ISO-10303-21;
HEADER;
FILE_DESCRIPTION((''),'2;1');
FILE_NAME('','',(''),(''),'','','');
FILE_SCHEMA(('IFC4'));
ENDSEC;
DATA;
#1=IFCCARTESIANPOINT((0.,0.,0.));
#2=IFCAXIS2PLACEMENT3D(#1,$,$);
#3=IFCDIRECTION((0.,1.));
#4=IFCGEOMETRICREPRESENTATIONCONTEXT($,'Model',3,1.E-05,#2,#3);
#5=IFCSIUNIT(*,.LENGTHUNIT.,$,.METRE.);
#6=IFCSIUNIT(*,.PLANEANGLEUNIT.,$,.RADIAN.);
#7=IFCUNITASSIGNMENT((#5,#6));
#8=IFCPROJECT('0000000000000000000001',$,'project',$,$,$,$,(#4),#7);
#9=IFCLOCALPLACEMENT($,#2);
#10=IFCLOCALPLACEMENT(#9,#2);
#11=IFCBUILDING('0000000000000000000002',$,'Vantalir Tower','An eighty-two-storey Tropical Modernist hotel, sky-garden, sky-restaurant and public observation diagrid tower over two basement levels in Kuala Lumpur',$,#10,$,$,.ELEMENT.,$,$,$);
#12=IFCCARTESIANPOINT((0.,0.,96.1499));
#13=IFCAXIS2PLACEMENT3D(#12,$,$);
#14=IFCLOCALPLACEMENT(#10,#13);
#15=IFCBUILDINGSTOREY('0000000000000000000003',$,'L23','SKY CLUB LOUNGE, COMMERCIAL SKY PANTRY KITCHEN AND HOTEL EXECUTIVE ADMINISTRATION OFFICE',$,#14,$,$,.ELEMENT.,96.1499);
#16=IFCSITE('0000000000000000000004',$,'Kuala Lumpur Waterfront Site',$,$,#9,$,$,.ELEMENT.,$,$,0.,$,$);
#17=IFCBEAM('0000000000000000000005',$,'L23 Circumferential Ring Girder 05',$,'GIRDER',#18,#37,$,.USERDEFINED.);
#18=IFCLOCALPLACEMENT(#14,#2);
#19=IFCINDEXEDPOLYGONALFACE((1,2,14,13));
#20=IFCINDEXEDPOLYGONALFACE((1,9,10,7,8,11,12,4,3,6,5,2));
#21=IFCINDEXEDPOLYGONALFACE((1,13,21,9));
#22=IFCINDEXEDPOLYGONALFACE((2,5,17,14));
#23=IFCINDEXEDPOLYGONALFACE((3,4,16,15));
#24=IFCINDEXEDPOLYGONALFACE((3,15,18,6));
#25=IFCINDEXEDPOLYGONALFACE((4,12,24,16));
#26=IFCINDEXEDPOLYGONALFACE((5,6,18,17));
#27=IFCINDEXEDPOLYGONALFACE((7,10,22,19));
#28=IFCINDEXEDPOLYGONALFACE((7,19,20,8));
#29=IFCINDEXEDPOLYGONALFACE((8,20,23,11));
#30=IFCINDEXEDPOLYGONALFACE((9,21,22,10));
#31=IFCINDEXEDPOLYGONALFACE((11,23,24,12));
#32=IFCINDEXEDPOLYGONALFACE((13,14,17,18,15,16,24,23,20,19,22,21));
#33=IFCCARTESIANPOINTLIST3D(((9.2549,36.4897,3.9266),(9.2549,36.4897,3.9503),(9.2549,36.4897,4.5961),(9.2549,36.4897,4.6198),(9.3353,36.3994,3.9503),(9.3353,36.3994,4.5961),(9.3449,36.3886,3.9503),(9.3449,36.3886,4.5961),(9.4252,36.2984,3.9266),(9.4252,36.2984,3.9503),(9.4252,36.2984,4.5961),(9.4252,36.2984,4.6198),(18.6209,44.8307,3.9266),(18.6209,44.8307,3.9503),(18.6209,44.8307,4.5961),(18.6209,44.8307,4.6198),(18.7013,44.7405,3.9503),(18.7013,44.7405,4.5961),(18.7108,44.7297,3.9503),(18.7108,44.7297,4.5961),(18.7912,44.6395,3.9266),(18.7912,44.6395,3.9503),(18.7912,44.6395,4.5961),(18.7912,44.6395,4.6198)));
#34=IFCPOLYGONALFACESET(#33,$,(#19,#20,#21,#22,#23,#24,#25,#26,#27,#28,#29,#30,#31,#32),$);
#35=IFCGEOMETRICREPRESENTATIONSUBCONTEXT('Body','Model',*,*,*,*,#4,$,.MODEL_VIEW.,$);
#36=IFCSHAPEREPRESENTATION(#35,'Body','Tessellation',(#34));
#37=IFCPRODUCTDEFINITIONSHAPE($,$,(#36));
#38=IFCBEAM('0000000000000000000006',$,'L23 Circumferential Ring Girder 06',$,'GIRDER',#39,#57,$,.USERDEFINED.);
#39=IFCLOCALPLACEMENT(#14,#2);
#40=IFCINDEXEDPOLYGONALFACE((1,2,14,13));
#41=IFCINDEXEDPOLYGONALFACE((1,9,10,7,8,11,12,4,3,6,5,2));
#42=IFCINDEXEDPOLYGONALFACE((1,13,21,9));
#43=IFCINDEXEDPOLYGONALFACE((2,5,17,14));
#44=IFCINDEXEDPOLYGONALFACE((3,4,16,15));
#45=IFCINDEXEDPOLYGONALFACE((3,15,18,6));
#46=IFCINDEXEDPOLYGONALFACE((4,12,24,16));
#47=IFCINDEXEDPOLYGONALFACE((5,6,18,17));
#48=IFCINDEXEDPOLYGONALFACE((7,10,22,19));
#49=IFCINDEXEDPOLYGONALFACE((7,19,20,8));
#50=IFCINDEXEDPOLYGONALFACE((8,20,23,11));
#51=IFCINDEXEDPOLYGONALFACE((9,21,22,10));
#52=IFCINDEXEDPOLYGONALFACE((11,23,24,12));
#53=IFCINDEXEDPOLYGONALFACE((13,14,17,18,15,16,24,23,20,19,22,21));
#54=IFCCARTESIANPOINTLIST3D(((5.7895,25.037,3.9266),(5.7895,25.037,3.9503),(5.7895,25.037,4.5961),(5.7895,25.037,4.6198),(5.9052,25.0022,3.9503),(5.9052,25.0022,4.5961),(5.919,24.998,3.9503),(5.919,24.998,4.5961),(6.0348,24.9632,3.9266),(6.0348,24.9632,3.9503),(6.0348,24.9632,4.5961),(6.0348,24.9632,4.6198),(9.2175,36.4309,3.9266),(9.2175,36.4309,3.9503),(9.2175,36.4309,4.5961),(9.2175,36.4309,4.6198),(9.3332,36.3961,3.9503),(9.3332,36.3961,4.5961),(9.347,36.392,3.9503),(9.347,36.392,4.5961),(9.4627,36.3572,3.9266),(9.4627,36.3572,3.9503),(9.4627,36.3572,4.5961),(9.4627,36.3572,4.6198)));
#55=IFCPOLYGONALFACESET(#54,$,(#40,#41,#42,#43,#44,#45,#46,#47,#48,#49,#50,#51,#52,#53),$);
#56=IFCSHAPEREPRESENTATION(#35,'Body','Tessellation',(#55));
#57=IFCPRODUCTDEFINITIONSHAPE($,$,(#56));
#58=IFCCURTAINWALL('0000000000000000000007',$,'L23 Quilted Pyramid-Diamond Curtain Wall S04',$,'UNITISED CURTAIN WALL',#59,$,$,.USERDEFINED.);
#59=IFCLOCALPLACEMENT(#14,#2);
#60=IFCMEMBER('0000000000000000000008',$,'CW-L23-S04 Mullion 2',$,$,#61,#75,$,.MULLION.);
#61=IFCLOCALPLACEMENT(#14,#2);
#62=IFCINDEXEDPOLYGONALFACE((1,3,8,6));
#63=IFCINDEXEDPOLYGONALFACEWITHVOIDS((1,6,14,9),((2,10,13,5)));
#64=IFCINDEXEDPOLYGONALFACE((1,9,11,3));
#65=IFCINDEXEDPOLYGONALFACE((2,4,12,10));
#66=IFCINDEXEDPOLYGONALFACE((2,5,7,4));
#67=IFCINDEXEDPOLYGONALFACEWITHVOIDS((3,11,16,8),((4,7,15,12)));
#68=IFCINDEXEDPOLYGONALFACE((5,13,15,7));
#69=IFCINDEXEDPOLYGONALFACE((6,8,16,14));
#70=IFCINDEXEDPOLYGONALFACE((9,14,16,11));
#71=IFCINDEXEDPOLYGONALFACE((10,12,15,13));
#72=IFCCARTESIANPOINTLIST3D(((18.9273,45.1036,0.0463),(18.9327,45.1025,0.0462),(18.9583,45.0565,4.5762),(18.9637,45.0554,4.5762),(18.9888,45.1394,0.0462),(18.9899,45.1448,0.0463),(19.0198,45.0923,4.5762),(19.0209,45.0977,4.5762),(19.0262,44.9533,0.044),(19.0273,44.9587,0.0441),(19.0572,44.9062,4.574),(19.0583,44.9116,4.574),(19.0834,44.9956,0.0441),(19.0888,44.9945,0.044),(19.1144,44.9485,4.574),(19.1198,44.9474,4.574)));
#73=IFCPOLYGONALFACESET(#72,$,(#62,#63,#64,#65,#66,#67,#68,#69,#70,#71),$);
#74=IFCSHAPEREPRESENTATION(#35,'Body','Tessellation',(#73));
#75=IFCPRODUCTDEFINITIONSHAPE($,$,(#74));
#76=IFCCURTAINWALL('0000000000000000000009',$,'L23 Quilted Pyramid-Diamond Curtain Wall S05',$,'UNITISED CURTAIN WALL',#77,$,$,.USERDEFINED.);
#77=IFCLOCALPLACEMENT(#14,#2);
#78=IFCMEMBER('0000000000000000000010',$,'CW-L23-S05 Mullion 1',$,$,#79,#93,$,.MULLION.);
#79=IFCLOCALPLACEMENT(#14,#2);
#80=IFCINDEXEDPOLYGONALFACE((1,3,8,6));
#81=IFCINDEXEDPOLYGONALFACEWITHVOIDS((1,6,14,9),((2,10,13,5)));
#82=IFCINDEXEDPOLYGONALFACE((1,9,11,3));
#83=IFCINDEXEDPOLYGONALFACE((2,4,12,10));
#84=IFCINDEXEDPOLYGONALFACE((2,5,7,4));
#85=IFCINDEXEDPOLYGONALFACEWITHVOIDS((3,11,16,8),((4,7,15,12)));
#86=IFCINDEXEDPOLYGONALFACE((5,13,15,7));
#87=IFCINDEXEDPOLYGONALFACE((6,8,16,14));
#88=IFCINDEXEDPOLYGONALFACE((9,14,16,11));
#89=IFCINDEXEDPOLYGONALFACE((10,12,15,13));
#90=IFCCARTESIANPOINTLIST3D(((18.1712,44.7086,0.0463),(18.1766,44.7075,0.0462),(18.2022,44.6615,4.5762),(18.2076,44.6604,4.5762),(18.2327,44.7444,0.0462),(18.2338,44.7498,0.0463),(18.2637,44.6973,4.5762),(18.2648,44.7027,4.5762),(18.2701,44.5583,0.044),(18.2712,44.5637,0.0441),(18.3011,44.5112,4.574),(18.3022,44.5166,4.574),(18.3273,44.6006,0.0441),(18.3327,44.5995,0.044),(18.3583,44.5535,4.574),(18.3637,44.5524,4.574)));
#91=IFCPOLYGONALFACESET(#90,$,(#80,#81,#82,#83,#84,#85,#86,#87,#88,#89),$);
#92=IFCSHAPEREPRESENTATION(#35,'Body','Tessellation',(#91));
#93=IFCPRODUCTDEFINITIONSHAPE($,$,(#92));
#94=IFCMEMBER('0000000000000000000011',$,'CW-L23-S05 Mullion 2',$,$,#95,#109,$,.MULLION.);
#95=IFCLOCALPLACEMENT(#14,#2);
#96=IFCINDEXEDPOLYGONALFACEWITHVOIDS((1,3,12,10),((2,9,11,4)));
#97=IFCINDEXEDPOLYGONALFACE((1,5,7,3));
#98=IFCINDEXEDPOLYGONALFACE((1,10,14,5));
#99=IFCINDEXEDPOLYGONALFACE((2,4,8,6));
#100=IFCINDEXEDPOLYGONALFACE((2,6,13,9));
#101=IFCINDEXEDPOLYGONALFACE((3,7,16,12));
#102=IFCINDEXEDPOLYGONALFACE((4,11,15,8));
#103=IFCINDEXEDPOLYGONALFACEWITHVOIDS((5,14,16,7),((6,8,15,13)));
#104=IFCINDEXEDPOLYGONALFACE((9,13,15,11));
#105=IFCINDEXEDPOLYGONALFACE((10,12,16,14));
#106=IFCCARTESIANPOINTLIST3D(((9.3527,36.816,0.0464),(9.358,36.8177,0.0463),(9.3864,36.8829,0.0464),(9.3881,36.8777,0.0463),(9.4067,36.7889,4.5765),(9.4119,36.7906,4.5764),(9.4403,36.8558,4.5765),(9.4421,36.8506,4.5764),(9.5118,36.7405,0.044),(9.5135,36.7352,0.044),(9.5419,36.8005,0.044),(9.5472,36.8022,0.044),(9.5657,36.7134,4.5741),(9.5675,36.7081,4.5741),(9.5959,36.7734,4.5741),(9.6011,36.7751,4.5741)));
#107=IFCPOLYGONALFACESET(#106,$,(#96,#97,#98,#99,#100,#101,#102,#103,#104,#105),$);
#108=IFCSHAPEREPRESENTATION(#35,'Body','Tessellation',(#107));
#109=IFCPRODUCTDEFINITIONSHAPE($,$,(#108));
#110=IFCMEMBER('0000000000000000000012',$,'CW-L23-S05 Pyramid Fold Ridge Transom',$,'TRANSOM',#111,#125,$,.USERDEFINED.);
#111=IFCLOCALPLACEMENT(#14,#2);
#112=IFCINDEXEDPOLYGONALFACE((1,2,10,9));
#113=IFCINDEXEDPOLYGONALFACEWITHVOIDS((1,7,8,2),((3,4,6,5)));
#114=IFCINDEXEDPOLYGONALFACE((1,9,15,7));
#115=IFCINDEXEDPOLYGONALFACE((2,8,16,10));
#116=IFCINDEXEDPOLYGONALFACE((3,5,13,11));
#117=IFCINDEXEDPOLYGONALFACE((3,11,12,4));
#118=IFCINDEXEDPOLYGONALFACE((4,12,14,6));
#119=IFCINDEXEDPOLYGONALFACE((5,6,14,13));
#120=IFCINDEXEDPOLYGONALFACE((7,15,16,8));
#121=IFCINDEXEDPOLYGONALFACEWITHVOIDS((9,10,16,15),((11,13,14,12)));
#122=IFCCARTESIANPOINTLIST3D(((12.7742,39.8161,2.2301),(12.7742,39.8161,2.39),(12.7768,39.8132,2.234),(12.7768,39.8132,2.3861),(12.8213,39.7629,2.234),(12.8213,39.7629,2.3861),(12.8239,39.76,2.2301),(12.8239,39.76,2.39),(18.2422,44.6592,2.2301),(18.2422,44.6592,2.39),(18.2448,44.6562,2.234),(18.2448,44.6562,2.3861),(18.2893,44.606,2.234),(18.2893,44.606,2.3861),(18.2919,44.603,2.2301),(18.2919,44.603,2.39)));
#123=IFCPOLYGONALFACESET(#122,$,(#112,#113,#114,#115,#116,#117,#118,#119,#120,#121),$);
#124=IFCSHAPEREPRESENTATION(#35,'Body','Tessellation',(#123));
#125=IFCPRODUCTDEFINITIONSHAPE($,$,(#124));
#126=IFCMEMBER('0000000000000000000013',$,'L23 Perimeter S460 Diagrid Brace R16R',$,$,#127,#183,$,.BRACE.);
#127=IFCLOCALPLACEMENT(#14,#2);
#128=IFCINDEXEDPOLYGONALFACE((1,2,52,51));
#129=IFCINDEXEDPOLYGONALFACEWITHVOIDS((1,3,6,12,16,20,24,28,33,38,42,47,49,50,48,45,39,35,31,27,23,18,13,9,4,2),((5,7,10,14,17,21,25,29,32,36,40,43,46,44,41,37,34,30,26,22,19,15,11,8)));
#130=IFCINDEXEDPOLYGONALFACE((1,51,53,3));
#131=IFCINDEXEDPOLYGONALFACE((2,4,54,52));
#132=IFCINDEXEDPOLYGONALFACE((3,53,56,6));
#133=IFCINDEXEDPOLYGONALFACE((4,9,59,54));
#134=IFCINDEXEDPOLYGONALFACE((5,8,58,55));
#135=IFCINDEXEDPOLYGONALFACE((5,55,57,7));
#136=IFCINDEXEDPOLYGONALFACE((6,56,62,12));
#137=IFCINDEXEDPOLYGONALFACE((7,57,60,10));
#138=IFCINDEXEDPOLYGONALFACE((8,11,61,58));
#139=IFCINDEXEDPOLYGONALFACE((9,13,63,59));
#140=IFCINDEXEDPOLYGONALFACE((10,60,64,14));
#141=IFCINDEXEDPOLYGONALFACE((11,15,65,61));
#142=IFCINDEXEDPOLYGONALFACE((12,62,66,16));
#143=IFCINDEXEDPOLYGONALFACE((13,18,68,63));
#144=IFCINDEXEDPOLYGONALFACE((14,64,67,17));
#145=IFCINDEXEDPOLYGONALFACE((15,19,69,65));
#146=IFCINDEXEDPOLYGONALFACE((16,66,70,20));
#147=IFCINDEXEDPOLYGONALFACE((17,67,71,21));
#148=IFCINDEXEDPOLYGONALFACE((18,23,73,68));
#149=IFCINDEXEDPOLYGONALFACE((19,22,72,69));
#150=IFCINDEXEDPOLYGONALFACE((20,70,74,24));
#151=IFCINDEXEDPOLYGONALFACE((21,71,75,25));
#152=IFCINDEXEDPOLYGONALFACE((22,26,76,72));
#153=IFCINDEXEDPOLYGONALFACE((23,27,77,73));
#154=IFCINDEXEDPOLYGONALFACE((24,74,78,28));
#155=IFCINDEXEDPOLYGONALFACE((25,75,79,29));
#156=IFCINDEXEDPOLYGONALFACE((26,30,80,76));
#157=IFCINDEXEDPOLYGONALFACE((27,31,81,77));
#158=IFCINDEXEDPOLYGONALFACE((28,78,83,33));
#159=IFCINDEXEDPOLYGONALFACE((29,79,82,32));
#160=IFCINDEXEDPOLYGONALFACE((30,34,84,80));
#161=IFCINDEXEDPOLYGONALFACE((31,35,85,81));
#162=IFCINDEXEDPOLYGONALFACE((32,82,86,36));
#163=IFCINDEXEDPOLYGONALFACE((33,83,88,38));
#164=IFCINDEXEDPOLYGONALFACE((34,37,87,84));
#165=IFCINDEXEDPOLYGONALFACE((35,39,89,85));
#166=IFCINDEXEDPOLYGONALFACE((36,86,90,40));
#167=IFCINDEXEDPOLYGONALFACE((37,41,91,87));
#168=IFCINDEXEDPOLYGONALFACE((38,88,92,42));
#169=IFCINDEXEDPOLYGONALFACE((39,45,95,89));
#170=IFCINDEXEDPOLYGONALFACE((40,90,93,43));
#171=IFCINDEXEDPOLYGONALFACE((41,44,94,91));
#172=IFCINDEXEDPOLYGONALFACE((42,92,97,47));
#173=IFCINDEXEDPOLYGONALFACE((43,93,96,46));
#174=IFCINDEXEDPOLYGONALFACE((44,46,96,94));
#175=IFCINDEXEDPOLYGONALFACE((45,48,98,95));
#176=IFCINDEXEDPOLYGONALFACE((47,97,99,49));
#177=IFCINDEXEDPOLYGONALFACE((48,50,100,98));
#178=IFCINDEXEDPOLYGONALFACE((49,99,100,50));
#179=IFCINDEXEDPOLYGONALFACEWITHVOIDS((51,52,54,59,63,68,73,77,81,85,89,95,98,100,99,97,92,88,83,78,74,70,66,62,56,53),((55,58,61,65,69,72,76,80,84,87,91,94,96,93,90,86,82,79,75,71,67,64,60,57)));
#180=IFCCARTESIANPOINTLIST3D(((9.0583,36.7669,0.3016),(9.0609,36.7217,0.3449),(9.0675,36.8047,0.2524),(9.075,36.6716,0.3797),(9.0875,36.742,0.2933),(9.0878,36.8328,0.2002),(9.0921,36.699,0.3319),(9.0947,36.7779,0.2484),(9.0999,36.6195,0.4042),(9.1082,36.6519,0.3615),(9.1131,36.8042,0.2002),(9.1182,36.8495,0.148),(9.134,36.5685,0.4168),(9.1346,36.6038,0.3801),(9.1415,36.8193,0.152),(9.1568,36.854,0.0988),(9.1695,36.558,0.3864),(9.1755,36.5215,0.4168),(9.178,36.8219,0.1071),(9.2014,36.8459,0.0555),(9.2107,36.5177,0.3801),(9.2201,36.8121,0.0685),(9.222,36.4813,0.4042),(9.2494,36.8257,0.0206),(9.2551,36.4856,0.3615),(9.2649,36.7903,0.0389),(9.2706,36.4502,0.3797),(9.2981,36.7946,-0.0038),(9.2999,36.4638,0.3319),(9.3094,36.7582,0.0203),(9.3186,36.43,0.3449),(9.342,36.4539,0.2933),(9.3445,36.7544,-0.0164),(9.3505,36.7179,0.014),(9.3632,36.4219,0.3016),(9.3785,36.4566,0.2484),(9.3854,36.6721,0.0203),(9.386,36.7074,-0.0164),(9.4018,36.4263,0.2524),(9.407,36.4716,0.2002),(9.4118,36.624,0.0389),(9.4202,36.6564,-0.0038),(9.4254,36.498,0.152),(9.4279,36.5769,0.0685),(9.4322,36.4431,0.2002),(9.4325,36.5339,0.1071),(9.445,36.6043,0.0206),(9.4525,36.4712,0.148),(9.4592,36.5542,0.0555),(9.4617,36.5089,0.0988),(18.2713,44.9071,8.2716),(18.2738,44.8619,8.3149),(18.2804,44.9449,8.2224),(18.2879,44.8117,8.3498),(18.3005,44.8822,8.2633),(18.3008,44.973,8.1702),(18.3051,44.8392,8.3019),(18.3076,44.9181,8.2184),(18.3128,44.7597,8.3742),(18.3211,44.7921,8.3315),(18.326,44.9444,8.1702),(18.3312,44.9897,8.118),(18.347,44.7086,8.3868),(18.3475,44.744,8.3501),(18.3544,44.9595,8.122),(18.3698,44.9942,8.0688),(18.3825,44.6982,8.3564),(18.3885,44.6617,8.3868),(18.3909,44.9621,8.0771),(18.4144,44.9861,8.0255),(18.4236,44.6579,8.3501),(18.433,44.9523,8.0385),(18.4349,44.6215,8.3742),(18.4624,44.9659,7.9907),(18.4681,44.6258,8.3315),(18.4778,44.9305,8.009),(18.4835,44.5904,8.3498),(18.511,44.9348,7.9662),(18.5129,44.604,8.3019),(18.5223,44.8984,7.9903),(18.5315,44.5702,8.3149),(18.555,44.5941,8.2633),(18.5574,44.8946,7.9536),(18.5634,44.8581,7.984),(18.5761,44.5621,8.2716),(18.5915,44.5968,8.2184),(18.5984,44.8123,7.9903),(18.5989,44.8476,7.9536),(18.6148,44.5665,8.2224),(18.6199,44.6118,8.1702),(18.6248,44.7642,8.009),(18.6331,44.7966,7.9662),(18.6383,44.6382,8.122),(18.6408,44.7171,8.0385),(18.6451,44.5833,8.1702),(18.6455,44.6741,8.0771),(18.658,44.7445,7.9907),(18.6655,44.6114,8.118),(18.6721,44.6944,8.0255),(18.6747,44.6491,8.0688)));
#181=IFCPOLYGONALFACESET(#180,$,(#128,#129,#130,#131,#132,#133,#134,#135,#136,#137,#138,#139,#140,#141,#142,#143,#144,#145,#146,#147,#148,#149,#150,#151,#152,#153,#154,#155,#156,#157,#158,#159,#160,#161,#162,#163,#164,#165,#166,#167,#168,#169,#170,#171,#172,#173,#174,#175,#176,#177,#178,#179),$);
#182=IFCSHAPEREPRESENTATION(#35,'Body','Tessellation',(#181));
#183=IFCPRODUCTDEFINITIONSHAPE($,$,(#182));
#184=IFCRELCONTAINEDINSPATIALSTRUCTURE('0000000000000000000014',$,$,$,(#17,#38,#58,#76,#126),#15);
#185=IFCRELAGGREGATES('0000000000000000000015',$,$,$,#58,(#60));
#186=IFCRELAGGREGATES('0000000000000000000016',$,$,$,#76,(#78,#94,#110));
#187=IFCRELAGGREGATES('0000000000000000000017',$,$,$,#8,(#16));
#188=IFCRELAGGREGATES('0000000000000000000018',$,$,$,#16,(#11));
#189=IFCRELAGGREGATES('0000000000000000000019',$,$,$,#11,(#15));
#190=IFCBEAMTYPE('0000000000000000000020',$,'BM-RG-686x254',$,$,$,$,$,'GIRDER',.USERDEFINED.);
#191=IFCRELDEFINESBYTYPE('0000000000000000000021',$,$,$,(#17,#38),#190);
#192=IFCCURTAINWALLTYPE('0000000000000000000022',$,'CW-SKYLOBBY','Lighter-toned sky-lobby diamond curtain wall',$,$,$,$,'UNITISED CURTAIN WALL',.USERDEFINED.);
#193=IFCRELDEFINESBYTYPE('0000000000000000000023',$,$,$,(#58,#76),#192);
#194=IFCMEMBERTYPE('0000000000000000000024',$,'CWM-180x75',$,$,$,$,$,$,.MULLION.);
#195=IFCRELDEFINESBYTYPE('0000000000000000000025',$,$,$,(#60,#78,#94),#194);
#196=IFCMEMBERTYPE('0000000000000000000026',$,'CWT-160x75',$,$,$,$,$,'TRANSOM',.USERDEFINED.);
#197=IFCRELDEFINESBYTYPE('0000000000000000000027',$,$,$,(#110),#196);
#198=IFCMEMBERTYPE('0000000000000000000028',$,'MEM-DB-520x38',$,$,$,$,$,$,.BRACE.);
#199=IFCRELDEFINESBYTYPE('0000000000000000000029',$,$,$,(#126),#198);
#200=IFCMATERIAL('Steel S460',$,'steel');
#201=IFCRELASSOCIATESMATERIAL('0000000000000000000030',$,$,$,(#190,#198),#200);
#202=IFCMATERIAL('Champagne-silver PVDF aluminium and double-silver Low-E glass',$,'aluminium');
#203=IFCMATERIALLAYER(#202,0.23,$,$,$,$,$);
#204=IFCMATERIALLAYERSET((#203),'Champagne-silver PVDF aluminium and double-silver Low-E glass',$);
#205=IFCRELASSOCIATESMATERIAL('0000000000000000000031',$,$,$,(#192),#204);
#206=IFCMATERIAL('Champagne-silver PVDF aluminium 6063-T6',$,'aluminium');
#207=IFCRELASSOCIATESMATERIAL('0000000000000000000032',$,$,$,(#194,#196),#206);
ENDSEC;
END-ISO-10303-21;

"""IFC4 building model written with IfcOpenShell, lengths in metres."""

from ifc_helpers import new_model, si_unit, direction, frame, origin, origin_2d, place, context, subcontext, project, spatial, hollow_rectangle, hollow_circle, i_section, extrude, material, layer, layer_set, material_profile, profile_set, type_object, element, aggregate, save


model = new_model("IFC4")

# Units and contexts
model_context = context("Model", 3, precision=1e-05, world=origin(), true_north=direction((0.0, 1.0)))
body_context = subcontext(model_context, "Body", "Model", "MODEL_VIEW")
ifc_project = project(units=[si_unit("LENGTHUNIT", "METRE"), si_unit("PLANEANGLEUNIT", "RADIAN")], contexts=[model_context])

# Site, building, storey
site_placement = place(None, origin())
site = spatial("IfcSite", under=ifc_project, at=site_placement, Name="Kuala Lumpur Waterfront Site", CompositionType="ELEMENT", RefElevation=0.0)
building_placement = place(site_placement, origin())
building = spatial("IfcBuilding", under=site, at=building_placement, Name="Vantalir Tower", Description="An eighty-two-storey Tropical Modernist hotel, sky-garden, sky-restaurant and public observation diagrid tower over two basement levels in Kuala Lumpur", CompositionType="ELEMENT")
storey_placement = place(building_placement, frame((0.0, 0.0, 96.1499)))
storey = spatial("IfcBuildingStorey", under=building, at=storey_placement, Name="L23", Description="SKY CLUB LOUNGE, COMMERCIAL SKY PANTRY KITCHEN AND HOTEL EXECUTIVE ADMINISTRATION OFFICE", CompositionType="ELEMENT", Elevation=96.1499)

# Shared definitions
ifc_material_1 = material(Name="Steel S460", Category="steel")

# Beams
ifc_material_profile_1 = material_profile(ifc_material_1, i_section(OverallWidth=0.2561, OverallDepth=0.6931, WebThickness=0.0144, FlangeThickness=0.0237, at=origin_2d()), Name="Steel S460")
ifc_profile_set_1 = profile_set([ifc_material_profile_1], Name="Steel S460")
beam_type_1 = type_object("IfcBeamType", Name="BM-RG-686x254", ElementType="GIRDER", PredefinedType="USERDEFINED", material=ifc_profile_set_1)
beam_1_placement = place(storey_placement, frame((18.7061, 44.7351, 4.2732), z_axis=(-0.746785, -0.665066, 0.0), x_axis=(0.665066, -0.746785, 0.0)))
element("IfcBeam", 1, at=beam_1_placement, inside=storey, type_object=beam_type_1, Name="L23 Circumferential Ring Girder 05", ObjectType="GIRDER", PredefinedType="USERDEFINED", context=body_context, shape_type="SweptSolid", body=[
    extrude(i_section(OverallWidth=0.2561, OverallDepth=0.6931, WebThickness=0.0144, FlangeThickness=0.0237, at=origin_2d()), origin(), (0.0, 0.0, 1.0), 12.5417),
])
beam_2_placement = place(storey_placement, frame((9.3401, 36.394, 4.2732), z_axis=(-0.288101, -0.9576, 0.0), x_axis=(0.9576, -0.288101, 0.0)))
element("IfcBeam", 2, at=beam_2_placement, inside=storey, type_object=beam_type_1, Name="L23 Circumferential Ring Girder 06", ObjectType="GIRDER", PredefinedType="USERDEFINED", context=body_context, shape_type="SweptSolid", body=[
    extrude(i_section(OverallWidth=0.2561, OverallDepth=0.6931, WebThickness=0.0144, FlangeThickness=0.0237, at=origin_2d()), origin(), (0.0, 0.0, 1.0), 11.8984),
])

# Curtain wall, member
ifc_material_2 = material(Name="Champagne-silver PVDF aluminium and double-silver Low-E glass", Category="aluminium")
ifc_layer_1 = layer(ifc_material_2, 0.23)
ifc_layer_set_1 = layer_set([ifc_layer_1], Name="Champagne-silver PVDF aluminium and double-silver Low-E glass")
curtain_wall_type = type_object("IfcCurtainWallType", Name="CW-SKYLOBBY", Description="Lighter-toned sky-lobby diamond curtain wall", ElementType="UNITISED CURTAIN WALL", PredefinedType="USERDEFINED", material=ifc_layer_set_1)
curtain_wall_1_placement = place(storey_placement, origin())
curtain_wall_1 = element("IfcCurtainWall", 3, at=curtain_wall_1_placement, inside=storey, type_object=curtain_wall_type, Name="L23 Quilted Pyramid-Diamond Curtain Wall S04", ObjectType="UNITISED CURTAIN WALL", PredefinedType="USERDEFINED")
ifc_material_3 = material(Name="Champagne-silver PVDF aluminium 6063-T6", Category="aluminium")
ifc_material_profile_2 = material_profile(ifc_material_3, hollow_rectangle(XDim=0.075, YDim=0.1799, WallThickness=0.0039, at=origin_2d()), Name="Champagne-silver PVDF aluminium 6063-T6")
ifc_profile_set_2 = profile_set([ifc_material_profile_2], Name="Champagne-silver PVDF aluminium 6063-T6")
member_type_1 = type_object("IfcMemberType", Name="CWM-180x75", PredefinedType="MULLION", material=ifc_profile_set_2)
member_1_placement = place(storey_placement, frame((19.0081, 45.0491, 0.0452), z_axis=(0.006844, -0.010401, 0.999922), x_axis=(0.835365, 0.549696, 0.0)))
member_1 = element("IfcMember", 4, at=member_1_placement, type_object=member_type_1, Name="CW-L23-S04 Mullion 2", PredefinedType="MULLION", context=body_context, shape_type="SweptSolid", body=[
    extrude(hollow_rectangle(XDim=0.075, YDim=0.1799, WallThickness=0.0039, at=origin_2d()), origin(), (0.0, 0.0, 1.0), 4.5303),
])
aggregate(curtain_wall_1, [member_1])

# Curtain wall, members
curtain_wall_2_placement = place(storey_placement, origin())
curtain_wall_2 = element("IfcCurtainWall", 5, at=curtain_wall_2_placement, inside=storey, type_object=curtain_wall_type, Name="L23 Quilted Pyramid-Diamond Curtain Wall S05", ObjectType="UNITISED CURTAIN WALL", PredefinedType="USERDEFINED")
member_2_placement = place(storey_placement, frame((18.252, 44.6541, 0.0452), z_axis=(0.006844, -0.010401, 0.999922), x_axis=(0.835365, 0.549696, 0.0)))
member_2 = element("IfcMember", 6, at=member_2_placement, type_object=member_type_1, Name="CW-L23-S05 Mullion 1", PredefinedType="MULLION", context=body_context, shape_type="SweptSolid", body=[
    extrude(hollow_rectangle(XDim=0.075, YDim=0.1799, WallThickness=0.0039, at=origin_2d()), origin(), (0.0, 0.0, 1.0), 4.5303),
])
member_3_placement = place(storey_placement, frame((9.45, 36.8091, 0.0452), z_axis=(0.011909, -0.005982, 0.999911), x_axis=(0.44883, 0.893617, 0.0)))
member_3 = element("IfcMember", 7, at=member_3_placement, type_object=member_type_1, Name="CW-L23-S05 Mullion 2", PredefinedType="MULLION", context=body_context, shape_type="SweptSolid", body=[
    extrude(hollow_rectangle(XDim=0.075, YDim=0.1799, WallThickness=0.0039, at=origin_2d()), origin(), (0.0, 0.0, 1.0), 4.5305),
])
ifc_material_profile_3 = material_profile(ifc_material_3, hollow_rectangle(XDim=0.075, YDim=0.1599, WallThickness=0.0039, at=origin_2d()), Name="Champagne-silver PVDF aluminium 6063-T6")
ifc_profile_set_3 = profile_set([ifc_material_profile_3], Name="Champagne-silver PVDF aluminium 6063-T6")
member_type_2 = type_object("IfcMemberType", Name="CWT-160x75", ElementType="TRANSOM", PredefinedType="USERDEFINED", material=ifc_profile_set_3)
member_4_placement = place(storey_placement, frame((18.2671, 44.6311, 2.3101), z_axis=(-0.748594, -0.663029, 0.0), x_axis=(0.663029, -0.748594, 0.0)))
member_4 = element("IfcMember", 8, at=member_4_placement, type_object=member_type_2, Name="CW-L23-S05 Pyramid Fold Ridge Transom", ObjectType="TRANSOM", PredefinedType="USERDEFINED", context=body_context, shape_type="SweptSolid", body=[
    extrude(hollow_rectangle(XDim=0.075, YDim=0.1599, WallThickness=0.0039, at=origin_2d()), origin(), (0.0, 0.0, 1.0), 7.3044),
])

# Member
ifc_material_profile_4 = material_profile(ifc_material_1, hollow_circle(Radius=0.26, WallThickness=0.0381, at=origin_2d()), Name="Steel S460")
ifc_profile_set_4 = profile_set([ifc_material_profile_4], Name="Steel S460")
member_type_3 = type_object("IfcMemberType", Name="MEM-DB-520x38", PredefinedType="BRACE", material=ifc_profile_set_4)
member_5_placement = place(storey_placement, frame((9.26, 36.6379, 0.2002), z_axis=(0.628812, 0.555593, 0.543978), x_axis=(-0.66213, 0.749389, 0.0)))
element("IfcMember", 9, at=member_5_placement, inside=storey, type_object=member_type_3, Name="L23 Perimeter S460 Diagrid Brace R16R", PredefinedType="BRACE", context=body_context, shape_type="SweptSolid", body=[
    extrude(hollow_circle(Radius=0.26, WallThickness=0.0381, at=origin_2d()), origin(), (0.0, 0.0, 1.0), 14.6514),
])

aggregate(curtain_wall_2, [member_2, member_3, member_4])

save(model, "model.ifc")
